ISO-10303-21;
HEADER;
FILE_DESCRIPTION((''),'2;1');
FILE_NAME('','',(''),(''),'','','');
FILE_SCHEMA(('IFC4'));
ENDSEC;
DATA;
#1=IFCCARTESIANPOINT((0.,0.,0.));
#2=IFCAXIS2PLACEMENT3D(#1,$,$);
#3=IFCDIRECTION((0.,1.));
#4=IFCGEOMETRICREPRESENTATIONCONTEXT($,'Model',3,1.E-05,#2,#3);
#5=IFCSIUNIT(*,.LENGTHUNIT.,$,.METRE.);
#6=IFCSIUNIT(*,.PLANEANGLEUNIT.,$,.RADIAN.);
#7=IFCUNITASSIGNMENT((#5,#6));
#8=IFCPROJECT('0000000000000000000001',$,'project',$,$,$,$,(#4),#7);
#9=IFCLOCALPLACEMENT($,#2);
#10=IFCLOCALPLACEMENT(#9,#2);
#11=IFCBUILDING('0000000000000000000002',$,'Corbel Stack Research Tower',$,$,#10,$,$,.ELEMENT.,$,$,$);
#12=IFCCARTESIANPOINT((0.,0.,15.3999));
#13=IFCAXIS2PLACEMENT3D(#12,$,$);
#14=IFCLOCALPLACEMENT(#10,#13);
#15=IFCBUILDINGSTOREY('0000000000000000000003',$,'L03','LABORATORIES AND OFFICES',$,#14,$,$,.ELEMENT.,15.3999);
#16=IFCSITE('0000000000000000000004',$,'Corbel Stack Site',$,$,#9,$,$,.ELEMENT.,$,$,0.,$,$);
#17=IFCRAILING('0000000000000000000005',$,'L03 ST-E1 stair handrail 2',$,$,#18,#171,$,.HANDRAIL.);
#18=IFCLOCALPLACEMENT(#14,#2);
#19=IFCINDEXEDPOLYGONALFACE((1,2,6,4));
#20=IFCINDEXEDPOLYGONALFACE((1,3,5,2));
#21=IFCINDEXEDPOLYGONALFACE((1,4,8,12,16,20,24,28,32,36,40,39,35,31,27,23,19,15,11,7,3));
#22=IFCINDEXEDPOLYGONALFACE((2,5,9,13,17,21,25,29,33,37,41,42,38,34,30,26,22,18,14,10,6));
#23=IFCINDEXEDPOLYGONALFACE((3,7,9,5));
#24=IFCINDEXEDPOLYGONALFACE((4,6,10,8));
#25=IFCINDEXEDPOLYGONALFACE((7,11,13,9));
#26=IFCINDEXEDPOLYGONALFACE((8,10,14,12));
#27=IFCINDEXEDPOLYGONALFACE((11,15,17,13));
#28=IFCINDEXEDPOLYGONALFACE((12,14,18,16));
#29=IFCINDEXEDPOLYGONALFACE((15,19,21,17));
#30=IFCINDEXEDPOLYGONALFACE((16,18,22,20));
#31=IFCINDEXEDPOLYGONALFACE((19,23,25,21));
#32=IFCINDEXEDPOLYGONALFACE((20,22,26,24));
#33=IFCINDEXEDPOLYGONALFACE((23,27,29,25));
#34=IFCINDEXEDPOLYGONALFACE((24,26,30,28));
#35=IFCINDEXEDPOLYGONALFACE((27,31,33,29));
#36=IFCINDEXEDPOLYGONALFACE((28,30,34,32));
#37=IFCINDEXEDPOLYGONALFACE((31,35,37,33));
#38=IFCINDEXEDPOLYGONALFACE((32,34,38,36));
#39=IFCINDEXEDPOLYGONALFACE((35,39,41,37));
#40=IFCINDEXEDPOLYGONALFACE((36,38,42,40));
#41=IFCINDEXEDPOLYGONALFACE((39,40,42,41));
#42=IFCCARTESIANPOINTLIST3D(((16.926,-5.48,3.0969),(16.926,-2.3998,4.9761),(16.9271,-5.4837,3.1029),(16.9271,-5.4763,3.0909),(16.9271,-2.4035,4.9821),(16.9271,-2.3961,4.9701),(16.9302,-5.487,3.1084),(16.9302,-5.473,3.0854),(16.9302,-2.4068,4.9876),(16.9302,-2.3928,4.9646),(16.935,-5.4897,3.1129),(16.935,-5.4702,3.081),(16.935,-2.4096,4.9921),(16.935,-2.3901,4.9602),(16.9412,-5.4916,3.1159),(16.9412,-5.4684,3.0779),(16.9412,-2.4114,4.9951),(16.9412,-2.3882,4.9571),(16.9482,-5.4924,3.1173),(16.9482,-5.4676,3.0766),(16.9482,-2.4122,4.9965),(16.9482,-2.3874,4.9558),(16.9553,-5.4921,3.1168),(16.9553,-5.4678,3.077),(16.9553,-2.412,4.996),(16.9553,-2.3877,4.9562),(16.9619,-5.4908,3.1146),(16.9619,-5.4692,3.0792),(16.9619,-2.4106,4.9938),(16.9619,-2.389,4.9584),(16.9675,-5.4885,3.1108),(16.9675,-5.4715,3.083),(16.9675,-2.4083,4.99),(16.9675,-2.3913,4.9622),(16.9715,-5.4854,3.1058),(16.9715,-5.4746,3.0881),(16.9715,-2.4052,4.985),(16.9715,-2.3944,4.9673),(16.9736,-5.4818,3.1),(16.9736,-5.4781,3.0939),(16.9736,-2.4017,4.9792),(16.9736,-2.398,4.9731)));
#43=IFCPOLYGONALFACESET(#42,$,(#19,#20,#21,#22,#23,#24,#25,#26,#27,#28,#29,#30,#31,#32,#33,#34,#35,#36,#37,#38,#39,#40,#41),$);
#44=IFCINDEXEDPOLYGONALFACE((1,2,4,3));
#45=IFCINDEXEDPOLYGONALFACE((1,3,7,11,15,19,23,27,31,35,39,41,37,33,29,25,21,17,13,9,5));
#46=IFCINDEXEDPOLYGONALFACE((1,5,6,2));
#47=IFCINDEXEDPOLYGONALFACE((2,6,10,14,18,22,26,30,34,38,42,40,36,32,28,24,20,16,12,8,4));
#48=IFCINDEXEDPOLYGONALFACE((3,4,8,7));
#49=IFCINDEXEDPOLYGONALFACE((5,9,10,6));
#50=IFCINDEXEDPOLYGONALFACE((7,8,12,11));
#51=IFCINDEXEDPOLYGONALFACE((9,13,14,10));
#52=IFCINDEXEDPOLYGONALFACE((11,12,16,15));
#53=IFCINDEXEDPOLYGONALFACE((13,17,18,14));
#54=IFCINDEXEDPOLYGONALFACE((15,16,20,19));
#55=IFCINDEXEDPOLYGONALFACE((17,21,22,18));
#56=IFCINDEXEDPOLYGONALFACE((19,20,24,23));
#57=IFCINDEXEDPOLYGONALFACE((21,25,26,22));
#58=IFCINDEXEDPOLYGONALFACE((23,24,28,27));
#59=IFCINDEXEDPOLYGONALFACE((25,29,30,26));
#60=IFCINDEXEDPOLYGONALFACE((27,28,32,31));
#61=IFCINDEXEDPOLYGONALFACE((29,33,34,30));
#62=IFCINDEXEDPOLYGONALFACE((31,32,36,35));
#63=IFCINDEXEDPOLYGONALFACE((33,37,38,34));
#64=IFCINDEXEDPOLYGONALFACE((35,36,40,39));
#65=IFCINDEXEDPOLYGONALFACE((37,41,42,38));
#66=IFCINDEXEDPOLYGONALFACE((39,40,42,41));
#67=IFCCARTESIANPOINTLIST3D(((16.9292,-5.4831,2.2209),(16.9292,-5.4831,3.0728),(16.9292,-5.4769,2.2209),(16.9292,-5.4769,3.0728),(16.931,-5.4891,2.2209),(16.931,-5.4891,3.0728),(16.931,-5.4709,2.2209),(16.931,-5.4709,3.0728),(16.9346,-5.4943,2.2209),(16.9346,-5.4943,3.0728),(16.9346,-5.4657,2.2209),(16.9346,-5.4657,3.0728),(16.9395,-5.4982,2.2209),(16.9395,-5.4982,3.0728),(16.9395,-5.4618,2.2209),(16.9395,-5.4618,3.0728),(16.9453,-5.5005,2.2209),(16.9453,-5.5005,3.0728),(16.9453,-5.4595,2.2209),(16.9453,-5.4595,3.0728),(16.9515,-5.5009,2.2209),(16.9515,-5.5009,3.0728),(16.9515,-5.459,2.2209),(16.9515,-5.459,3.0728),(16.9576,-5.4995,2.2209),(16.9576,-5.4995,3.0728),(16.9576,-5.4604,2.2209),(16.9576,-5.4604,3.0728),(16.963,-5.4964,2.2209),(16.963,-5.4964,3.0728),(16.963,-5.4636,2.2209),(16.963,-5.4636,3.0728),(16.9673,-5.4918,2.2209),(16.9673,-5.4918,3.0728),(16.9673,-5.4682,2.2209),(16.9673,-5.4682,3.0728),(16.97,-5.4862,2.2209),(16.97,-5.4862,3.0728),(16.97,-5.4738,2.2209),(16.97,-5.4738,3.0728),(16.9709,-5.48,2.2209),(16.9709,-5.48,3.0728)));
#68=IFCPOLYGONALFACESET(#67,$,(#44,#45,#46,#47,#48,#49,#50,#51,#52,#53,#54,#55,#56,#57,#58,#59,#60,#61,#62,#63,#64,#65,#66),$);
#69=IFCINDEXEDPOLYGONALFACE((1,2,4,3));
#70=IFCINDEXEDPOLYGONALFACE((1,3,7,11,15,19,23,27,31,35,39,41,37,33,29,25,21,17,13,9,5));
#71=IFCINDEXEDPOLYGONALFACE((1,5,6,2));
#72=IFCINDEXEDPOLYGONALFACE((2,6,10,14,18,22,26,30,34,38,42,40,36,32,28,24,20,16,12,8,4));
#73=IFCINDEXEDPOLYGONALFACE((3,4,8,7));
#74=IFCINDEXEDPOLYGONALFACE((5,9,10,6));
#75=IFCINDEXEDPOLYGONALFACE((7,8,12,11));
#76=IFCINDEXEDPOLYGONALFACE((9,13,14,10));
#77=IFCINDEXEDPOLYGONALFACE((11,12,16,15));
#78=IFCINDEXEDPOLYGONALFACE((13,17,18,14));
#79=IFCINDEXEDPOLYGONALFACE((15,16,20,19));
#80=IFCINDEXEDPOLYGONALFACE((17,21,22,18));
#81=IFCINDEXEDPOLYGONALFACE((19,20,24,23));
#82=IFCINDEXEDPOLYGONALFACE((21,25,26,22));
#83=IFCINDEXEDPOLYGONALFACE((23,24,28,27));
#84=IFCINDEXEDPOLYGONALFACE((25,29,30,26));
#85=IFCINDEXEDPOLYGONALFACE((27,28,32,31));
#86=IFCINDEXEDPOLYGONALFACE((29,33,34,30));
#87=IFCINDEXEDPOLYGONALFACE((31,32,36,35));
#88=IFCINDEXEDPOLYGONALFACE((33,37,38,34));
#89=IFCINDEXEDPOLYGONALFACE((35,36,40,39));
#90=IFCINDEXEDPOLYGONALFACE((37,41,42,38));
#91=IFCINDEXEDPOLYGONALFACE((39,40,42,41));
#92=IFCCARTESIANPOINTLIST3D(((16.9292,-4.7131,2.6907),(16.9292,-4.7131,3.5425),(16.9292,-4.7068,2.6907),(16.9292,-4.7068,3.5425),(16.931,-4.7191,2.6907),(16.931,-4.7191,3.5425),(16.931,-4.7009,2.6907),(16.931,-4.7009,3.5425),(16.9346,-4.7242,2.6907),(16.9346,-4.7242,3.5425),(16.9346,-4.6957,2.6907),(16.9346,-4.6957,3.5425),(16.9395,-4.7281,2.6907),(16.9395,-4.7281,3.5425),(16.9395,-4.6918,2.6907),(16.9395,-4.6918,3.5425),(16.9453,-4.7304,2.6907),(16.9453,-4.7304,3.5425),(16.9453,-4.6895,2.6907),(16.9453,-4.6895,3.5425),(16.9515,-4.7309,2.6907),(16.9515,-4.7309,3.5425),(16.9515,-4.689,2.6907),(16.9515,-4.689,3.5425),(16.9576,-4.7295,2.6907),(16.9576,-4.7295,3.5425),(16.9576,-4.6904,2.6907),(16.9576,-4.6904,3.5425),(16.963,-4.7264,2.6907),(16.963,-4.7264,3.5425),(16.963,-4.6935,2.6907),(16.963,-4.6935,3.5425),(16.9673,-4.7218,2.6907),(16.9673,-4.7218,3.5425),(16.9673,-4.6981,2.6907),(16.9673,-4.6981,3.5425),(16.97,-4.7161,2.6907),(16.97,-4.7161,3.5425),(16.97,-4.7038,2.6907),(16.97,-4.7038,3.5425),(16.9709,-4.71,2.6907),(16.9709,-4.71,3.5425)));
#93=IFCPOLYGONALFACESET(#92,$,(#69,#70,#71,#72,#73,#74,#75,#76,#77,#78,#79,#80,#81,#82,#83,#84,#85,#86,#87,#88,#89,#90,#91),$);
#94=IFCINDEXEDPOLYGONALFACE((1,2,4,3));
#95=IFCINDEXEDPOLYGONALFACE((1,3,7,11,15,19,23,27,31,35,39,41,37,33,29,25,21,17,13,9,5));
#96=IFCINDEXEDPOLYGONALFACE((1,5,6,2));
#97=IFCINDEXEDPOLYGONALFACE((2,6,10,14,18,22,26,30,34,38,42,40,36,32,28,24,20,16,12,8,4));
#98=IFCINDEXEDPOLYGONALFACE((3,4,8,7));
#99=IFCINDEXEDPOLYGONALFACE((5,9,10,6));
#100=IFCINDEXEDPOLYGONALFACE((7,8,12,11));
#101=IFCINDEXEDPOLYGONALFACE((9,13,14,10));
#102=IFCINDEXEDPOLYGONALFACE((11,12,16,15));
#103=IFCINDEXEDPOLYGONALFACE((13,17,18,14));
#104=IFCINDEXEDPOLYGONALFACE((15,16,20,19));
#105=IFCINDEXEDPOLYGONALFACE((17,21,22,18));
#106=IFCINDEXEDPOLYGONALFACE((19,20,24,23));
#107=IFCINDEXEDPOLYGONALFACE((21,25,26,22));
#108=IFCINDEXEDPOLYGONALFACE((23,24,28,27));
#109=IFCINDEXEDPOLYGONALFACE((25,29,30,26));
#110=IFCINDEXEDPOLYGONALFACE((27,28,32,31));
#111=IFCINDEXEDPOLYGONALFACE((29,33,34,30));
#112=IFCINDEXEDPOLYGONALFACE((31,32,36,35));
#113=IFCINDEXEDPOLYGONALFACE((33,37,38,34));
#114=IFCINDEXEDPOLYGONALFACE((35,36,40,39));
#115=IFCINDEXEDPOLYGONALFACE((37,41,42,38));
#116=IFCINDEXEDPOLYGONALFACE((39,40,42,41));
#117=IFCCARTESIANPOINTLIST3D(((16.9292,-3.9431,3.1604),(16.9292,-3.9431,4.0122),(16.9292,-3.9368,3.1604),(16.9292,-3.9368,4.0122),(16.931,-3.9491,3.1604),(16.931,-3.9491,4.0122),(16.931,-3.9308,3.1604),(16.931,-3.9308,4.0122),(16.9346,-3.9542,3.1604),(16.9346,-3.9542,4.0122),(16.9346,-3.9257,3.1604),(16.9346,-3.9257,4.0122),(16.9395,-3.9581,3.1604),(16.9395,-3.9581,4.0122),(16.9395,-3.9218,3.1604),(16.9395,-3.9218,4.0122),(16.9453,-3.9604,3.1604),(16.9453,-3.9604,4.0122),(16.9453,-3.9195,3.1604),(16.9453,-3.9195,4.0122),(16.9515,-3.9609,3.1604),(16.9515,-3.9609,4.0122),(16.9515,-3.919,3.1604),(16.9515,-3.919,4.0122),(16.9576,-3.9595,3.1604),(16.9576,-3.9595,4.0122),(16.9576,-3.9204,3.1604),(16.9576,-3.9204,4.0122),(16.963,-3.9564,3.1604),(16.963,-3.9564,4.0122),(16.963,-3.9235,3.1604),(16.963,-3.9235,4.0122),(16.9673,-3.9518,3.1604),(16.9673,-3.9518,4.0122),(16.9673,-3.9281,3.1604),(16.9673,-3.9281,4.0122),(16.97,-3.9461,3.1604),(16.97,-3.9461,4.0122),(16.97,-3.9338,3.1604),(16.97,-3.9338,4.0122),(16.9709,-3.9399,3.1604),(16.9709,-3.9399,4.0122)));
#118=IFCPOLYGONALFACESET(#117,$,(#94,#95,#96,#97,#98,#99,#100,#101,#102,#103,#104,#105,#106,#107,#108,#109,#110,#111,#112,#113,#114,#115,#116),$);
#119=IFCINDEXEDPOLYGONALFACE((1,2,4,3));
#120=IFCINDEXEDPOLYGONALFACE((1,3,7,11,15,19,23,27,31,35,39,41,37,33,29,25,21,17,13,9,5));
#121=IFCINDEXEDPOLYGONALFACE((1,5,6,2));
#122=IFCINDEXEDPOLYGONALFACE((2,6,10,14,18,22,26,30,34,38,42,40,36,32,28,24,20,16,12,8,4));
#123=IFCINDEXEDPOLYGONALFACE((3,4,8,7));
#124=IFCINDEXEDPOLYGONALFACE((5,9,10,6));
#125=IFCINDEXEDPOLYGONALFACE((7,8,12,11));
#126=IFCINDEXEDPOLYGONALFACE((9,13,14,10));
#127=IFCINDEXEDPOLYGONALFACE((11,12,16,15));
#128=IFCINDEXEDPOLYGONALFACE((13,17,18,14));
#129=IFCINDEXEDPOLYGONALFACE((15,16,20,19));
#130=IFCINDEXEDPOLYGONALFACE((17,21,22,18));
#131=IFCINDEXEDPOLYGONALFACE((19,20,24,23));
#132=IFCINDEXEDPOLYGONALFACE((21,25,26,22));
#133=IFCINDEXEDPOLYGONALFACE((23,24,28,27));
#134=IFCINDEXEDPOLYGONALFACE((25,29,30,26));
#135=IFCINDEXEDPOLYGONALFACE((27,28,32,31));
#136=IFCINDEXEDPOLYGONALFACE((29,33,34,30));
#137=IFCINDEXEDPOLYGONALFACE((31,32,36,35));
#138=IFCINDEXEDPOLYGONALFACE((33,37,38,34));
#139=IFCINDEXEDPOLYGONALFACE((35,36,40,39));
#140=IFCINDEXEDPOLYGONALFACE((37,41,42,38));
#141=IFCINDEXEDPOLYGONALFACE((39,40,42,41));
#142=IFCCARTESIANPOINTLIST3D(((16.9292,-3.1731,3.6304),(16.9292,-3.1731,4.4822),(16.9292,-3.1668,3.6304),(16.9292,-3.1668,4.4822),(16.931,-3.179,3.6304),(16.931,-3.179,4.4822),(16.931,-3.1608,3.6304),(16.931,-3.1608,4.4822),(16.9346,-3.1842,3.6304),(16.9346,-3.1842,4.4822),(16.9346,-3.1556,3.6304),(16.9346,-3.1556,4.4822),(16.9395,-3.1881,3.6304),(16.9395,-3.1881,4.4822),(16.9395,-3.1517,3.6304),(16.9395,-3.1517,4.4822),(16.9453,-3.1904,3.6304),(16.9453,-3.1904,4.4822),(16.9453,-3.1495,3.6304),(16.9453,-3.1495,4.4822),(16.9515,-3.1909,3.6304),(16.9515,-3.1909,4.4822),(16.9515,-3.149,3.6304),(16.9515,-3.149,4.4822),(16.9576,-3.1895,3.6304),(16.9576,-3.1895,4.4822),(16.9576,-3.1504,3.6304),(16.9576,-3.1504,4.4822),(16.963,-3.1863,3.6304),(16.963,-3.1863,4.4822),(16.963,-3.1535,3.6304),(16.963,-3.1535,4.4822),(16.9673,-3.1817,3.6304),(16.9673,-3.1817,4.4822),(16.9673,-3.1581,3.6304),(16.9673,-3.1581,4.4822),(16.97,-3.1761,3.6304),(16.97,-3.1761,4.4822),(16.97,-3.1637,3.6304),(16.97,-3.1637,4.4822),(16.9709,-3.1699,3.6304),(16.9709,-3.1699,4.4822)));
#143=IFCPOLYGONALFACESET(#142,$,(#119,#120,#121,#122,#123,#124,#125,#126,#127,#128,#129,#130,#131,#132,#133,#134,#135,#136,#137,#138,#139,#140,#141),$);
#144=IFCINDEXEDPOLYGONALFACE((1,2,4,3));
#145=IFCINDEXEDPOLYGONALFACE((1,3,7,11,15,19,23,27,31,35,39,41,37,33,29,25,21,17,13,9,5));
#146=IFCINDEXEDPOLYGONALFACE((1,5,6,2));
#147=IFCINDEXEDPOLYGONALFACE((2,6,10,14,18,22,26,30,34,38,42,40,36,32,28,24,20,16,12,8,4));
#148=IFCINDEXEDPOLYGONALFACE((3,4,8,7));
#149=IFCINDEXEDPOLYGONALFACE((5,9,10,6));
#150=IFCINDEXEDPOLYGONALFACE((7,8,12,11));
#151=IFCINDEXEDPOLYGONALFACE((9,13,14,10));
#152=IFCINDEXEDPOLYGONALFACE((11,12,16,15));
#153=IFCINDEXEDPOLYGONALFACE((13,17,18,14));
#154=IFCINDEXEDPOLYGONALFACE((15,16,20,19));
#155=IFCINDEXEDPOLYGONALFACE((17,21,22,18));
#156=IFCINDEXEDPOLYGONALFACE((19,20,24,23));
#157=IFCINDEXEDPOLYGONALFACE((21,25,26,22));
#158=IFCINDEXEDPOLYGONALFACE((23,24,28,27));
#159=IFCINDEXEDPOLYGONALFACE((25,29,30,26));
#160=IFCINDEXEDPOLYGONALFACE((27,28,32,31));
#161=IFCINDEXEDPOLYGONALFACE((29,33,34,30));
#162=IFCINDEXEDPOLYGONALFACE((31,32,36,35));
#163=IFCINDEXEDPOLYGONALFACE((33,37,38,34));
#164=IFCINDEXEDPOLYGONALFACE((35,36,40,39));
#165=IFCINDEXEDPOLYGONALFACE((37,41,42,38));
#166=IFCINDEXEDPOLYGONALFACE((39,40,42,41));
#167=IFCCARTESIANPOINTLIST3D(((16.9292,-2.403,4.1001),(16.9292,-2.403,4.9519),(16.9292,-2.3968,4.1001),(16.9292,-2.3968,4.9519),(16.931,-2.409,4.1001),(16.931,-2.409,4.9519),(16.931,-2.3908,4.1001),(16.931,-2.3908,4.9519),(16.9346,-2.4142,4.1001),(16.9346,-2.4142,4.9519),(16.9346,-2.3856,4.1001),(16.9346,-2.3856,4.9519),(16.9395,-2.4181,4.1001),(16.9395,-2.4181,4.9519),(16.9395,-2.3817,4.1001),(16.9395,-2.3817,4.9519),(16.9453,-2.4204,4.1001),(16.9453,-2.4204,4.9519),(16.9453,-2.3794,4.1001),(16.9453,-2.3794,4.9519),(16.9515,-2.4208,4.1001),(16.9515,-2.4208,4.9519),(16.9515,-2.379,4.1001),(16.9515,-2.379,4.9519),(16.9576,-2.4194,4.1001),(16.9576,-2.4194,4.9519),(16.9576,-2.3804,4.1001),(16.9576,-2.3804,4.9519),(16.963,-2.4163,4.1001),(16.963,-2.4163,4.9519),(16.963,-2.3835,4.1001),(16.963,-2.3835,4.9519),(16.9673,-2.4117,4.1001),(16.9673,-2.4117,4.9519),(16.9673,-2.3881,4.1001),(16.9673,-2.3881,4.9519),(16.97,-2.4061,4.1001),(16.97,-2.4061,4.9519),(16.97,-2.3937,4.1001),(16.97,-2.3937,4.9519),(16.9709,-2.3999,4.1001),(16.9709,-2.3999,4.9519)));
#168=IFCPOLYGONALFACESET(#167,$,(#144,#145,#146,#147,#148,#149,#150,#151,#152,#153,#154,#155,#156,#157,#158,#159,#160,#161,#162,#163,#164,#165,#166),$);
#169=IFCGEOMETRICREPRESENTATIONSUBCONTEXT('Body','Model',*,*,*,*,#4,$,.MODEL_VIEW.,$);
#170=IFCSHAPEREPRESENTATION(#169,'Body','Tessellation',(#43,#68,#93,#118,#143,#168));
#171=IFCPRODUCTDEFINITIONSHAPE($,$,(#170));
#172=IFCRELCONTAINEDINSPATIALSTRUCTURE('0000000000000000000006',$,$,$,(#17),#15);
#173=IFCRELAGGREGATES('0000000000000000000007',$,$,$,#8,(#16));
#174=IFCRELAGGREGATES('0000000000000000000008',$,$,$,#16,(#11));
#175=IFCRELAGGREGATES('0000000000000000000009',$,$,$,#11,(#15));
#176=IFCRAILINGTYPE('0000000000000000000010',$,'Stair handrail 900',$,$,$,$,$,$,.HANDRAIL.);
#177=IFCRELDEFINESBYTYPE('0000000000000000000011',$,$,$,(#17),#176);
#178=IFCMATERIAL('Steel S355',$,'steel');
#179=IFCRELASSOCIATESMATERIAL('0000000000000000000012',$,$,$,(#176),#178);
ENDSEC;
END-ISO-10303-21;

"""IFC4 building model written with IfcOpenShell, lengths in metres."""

from ifc_helpers import new_model, si_unit, direction, frame, origin, origin_2d, place, context, subcontext, project, spatial, circle, extrude, material, type_object, element, save


model = new_model("IFC4")

# Units and contexts
model_context = context("Model", 3, precision=1e-05, world=origin(), true_north=direction((0.0, 1.0)))
body_context = subcontext(model_context, "Body", "Model", "MODEL_VIEW")
ifc_project = project(units=[si_unit("LENGTHUNIT", "METRE"), si_unit("PLANEANGLEUNIT", "RADIAN")], contexts=[model_context])

# Site, building, storey
site_placement = place(None, origin())
site = spatial("IfcSite", under=ifc_project, at=site_placement, Name="Corbel Stack Site", CompositionType="ELEMENT", RefElevation=0.0)
building_placement = place(site_placement, origin())
building = spatial("IfcBuilding", under=site, at=building_placement, Name="Corbel Stack Research Tower", CompositionType="ELEMENT")
storey_placement = place(building_placement, frame((0.0, 0.0, 15.3999)))
storey = spatial("IfcBuildingStorey", under=building, at=storey_placement, Name="L03", Description="LABORATORIES AND OFFICES", CompositionType="ELEMENT", Elevation=15.3999)

# Railing
ifc_material_1 = material(Name="Steel S355", Category="steel")
railing_type_1 = type_object("IfcRailingType", Name="Stair handrail 900", PredefinedType="HANDRAIL", material=ifc_material_1)
railing_1_placement = place(storey_placement, frame((16.95, -5.48, 2.2209)))
element("IfcRailing", 1, at=railing_1_placement, inside=storey, type_object=railing_type_1, Name="L03 ST-E1 stair handrail 2", PredefinedType="HANDRAIL", context=body_context, shape_type="SweptSolid", body=[
    extrude(circle(Radius=0.0239, at=origin_2d()), frame((0.0, 0.0, 0.876), z_axis=(0.0, 0.853666, 0.52082), x_axis=(-1.0, 0.0, 0.0)), (0.0, 0.0, 1.0), 3.6082),
    extrude(circle(Radius=0.021, at=origin_2d()), origin(), (0.0, 0.0, 1.0), 0.8518),
    extrude(circle(Radius=0.021, at=origin_2d()), frame((0.0, 0.77, 0.4697)), (0.0, 0.0, 1.0), 0.8518),
    extrude(circle(Radius=0.021, at=origin_2d()), frame((0.0, 1.54, 0.9395)), (0.0, 0.0, 1.0), 0.8518),
    extrude(circle(Radius=0.021, at=origin_2d()), frame((0.0, 2.3101, 1.4094)), (0.0, 0.0, 1.0), 0.8518),
    extrude(circle(Radius=0.021, at=origin_2d()), frame((0.0, 3.0801, 1.8792)), (0.0, 0.0, 1.0), 0.8518),
])

save(model, "model.ifc")
